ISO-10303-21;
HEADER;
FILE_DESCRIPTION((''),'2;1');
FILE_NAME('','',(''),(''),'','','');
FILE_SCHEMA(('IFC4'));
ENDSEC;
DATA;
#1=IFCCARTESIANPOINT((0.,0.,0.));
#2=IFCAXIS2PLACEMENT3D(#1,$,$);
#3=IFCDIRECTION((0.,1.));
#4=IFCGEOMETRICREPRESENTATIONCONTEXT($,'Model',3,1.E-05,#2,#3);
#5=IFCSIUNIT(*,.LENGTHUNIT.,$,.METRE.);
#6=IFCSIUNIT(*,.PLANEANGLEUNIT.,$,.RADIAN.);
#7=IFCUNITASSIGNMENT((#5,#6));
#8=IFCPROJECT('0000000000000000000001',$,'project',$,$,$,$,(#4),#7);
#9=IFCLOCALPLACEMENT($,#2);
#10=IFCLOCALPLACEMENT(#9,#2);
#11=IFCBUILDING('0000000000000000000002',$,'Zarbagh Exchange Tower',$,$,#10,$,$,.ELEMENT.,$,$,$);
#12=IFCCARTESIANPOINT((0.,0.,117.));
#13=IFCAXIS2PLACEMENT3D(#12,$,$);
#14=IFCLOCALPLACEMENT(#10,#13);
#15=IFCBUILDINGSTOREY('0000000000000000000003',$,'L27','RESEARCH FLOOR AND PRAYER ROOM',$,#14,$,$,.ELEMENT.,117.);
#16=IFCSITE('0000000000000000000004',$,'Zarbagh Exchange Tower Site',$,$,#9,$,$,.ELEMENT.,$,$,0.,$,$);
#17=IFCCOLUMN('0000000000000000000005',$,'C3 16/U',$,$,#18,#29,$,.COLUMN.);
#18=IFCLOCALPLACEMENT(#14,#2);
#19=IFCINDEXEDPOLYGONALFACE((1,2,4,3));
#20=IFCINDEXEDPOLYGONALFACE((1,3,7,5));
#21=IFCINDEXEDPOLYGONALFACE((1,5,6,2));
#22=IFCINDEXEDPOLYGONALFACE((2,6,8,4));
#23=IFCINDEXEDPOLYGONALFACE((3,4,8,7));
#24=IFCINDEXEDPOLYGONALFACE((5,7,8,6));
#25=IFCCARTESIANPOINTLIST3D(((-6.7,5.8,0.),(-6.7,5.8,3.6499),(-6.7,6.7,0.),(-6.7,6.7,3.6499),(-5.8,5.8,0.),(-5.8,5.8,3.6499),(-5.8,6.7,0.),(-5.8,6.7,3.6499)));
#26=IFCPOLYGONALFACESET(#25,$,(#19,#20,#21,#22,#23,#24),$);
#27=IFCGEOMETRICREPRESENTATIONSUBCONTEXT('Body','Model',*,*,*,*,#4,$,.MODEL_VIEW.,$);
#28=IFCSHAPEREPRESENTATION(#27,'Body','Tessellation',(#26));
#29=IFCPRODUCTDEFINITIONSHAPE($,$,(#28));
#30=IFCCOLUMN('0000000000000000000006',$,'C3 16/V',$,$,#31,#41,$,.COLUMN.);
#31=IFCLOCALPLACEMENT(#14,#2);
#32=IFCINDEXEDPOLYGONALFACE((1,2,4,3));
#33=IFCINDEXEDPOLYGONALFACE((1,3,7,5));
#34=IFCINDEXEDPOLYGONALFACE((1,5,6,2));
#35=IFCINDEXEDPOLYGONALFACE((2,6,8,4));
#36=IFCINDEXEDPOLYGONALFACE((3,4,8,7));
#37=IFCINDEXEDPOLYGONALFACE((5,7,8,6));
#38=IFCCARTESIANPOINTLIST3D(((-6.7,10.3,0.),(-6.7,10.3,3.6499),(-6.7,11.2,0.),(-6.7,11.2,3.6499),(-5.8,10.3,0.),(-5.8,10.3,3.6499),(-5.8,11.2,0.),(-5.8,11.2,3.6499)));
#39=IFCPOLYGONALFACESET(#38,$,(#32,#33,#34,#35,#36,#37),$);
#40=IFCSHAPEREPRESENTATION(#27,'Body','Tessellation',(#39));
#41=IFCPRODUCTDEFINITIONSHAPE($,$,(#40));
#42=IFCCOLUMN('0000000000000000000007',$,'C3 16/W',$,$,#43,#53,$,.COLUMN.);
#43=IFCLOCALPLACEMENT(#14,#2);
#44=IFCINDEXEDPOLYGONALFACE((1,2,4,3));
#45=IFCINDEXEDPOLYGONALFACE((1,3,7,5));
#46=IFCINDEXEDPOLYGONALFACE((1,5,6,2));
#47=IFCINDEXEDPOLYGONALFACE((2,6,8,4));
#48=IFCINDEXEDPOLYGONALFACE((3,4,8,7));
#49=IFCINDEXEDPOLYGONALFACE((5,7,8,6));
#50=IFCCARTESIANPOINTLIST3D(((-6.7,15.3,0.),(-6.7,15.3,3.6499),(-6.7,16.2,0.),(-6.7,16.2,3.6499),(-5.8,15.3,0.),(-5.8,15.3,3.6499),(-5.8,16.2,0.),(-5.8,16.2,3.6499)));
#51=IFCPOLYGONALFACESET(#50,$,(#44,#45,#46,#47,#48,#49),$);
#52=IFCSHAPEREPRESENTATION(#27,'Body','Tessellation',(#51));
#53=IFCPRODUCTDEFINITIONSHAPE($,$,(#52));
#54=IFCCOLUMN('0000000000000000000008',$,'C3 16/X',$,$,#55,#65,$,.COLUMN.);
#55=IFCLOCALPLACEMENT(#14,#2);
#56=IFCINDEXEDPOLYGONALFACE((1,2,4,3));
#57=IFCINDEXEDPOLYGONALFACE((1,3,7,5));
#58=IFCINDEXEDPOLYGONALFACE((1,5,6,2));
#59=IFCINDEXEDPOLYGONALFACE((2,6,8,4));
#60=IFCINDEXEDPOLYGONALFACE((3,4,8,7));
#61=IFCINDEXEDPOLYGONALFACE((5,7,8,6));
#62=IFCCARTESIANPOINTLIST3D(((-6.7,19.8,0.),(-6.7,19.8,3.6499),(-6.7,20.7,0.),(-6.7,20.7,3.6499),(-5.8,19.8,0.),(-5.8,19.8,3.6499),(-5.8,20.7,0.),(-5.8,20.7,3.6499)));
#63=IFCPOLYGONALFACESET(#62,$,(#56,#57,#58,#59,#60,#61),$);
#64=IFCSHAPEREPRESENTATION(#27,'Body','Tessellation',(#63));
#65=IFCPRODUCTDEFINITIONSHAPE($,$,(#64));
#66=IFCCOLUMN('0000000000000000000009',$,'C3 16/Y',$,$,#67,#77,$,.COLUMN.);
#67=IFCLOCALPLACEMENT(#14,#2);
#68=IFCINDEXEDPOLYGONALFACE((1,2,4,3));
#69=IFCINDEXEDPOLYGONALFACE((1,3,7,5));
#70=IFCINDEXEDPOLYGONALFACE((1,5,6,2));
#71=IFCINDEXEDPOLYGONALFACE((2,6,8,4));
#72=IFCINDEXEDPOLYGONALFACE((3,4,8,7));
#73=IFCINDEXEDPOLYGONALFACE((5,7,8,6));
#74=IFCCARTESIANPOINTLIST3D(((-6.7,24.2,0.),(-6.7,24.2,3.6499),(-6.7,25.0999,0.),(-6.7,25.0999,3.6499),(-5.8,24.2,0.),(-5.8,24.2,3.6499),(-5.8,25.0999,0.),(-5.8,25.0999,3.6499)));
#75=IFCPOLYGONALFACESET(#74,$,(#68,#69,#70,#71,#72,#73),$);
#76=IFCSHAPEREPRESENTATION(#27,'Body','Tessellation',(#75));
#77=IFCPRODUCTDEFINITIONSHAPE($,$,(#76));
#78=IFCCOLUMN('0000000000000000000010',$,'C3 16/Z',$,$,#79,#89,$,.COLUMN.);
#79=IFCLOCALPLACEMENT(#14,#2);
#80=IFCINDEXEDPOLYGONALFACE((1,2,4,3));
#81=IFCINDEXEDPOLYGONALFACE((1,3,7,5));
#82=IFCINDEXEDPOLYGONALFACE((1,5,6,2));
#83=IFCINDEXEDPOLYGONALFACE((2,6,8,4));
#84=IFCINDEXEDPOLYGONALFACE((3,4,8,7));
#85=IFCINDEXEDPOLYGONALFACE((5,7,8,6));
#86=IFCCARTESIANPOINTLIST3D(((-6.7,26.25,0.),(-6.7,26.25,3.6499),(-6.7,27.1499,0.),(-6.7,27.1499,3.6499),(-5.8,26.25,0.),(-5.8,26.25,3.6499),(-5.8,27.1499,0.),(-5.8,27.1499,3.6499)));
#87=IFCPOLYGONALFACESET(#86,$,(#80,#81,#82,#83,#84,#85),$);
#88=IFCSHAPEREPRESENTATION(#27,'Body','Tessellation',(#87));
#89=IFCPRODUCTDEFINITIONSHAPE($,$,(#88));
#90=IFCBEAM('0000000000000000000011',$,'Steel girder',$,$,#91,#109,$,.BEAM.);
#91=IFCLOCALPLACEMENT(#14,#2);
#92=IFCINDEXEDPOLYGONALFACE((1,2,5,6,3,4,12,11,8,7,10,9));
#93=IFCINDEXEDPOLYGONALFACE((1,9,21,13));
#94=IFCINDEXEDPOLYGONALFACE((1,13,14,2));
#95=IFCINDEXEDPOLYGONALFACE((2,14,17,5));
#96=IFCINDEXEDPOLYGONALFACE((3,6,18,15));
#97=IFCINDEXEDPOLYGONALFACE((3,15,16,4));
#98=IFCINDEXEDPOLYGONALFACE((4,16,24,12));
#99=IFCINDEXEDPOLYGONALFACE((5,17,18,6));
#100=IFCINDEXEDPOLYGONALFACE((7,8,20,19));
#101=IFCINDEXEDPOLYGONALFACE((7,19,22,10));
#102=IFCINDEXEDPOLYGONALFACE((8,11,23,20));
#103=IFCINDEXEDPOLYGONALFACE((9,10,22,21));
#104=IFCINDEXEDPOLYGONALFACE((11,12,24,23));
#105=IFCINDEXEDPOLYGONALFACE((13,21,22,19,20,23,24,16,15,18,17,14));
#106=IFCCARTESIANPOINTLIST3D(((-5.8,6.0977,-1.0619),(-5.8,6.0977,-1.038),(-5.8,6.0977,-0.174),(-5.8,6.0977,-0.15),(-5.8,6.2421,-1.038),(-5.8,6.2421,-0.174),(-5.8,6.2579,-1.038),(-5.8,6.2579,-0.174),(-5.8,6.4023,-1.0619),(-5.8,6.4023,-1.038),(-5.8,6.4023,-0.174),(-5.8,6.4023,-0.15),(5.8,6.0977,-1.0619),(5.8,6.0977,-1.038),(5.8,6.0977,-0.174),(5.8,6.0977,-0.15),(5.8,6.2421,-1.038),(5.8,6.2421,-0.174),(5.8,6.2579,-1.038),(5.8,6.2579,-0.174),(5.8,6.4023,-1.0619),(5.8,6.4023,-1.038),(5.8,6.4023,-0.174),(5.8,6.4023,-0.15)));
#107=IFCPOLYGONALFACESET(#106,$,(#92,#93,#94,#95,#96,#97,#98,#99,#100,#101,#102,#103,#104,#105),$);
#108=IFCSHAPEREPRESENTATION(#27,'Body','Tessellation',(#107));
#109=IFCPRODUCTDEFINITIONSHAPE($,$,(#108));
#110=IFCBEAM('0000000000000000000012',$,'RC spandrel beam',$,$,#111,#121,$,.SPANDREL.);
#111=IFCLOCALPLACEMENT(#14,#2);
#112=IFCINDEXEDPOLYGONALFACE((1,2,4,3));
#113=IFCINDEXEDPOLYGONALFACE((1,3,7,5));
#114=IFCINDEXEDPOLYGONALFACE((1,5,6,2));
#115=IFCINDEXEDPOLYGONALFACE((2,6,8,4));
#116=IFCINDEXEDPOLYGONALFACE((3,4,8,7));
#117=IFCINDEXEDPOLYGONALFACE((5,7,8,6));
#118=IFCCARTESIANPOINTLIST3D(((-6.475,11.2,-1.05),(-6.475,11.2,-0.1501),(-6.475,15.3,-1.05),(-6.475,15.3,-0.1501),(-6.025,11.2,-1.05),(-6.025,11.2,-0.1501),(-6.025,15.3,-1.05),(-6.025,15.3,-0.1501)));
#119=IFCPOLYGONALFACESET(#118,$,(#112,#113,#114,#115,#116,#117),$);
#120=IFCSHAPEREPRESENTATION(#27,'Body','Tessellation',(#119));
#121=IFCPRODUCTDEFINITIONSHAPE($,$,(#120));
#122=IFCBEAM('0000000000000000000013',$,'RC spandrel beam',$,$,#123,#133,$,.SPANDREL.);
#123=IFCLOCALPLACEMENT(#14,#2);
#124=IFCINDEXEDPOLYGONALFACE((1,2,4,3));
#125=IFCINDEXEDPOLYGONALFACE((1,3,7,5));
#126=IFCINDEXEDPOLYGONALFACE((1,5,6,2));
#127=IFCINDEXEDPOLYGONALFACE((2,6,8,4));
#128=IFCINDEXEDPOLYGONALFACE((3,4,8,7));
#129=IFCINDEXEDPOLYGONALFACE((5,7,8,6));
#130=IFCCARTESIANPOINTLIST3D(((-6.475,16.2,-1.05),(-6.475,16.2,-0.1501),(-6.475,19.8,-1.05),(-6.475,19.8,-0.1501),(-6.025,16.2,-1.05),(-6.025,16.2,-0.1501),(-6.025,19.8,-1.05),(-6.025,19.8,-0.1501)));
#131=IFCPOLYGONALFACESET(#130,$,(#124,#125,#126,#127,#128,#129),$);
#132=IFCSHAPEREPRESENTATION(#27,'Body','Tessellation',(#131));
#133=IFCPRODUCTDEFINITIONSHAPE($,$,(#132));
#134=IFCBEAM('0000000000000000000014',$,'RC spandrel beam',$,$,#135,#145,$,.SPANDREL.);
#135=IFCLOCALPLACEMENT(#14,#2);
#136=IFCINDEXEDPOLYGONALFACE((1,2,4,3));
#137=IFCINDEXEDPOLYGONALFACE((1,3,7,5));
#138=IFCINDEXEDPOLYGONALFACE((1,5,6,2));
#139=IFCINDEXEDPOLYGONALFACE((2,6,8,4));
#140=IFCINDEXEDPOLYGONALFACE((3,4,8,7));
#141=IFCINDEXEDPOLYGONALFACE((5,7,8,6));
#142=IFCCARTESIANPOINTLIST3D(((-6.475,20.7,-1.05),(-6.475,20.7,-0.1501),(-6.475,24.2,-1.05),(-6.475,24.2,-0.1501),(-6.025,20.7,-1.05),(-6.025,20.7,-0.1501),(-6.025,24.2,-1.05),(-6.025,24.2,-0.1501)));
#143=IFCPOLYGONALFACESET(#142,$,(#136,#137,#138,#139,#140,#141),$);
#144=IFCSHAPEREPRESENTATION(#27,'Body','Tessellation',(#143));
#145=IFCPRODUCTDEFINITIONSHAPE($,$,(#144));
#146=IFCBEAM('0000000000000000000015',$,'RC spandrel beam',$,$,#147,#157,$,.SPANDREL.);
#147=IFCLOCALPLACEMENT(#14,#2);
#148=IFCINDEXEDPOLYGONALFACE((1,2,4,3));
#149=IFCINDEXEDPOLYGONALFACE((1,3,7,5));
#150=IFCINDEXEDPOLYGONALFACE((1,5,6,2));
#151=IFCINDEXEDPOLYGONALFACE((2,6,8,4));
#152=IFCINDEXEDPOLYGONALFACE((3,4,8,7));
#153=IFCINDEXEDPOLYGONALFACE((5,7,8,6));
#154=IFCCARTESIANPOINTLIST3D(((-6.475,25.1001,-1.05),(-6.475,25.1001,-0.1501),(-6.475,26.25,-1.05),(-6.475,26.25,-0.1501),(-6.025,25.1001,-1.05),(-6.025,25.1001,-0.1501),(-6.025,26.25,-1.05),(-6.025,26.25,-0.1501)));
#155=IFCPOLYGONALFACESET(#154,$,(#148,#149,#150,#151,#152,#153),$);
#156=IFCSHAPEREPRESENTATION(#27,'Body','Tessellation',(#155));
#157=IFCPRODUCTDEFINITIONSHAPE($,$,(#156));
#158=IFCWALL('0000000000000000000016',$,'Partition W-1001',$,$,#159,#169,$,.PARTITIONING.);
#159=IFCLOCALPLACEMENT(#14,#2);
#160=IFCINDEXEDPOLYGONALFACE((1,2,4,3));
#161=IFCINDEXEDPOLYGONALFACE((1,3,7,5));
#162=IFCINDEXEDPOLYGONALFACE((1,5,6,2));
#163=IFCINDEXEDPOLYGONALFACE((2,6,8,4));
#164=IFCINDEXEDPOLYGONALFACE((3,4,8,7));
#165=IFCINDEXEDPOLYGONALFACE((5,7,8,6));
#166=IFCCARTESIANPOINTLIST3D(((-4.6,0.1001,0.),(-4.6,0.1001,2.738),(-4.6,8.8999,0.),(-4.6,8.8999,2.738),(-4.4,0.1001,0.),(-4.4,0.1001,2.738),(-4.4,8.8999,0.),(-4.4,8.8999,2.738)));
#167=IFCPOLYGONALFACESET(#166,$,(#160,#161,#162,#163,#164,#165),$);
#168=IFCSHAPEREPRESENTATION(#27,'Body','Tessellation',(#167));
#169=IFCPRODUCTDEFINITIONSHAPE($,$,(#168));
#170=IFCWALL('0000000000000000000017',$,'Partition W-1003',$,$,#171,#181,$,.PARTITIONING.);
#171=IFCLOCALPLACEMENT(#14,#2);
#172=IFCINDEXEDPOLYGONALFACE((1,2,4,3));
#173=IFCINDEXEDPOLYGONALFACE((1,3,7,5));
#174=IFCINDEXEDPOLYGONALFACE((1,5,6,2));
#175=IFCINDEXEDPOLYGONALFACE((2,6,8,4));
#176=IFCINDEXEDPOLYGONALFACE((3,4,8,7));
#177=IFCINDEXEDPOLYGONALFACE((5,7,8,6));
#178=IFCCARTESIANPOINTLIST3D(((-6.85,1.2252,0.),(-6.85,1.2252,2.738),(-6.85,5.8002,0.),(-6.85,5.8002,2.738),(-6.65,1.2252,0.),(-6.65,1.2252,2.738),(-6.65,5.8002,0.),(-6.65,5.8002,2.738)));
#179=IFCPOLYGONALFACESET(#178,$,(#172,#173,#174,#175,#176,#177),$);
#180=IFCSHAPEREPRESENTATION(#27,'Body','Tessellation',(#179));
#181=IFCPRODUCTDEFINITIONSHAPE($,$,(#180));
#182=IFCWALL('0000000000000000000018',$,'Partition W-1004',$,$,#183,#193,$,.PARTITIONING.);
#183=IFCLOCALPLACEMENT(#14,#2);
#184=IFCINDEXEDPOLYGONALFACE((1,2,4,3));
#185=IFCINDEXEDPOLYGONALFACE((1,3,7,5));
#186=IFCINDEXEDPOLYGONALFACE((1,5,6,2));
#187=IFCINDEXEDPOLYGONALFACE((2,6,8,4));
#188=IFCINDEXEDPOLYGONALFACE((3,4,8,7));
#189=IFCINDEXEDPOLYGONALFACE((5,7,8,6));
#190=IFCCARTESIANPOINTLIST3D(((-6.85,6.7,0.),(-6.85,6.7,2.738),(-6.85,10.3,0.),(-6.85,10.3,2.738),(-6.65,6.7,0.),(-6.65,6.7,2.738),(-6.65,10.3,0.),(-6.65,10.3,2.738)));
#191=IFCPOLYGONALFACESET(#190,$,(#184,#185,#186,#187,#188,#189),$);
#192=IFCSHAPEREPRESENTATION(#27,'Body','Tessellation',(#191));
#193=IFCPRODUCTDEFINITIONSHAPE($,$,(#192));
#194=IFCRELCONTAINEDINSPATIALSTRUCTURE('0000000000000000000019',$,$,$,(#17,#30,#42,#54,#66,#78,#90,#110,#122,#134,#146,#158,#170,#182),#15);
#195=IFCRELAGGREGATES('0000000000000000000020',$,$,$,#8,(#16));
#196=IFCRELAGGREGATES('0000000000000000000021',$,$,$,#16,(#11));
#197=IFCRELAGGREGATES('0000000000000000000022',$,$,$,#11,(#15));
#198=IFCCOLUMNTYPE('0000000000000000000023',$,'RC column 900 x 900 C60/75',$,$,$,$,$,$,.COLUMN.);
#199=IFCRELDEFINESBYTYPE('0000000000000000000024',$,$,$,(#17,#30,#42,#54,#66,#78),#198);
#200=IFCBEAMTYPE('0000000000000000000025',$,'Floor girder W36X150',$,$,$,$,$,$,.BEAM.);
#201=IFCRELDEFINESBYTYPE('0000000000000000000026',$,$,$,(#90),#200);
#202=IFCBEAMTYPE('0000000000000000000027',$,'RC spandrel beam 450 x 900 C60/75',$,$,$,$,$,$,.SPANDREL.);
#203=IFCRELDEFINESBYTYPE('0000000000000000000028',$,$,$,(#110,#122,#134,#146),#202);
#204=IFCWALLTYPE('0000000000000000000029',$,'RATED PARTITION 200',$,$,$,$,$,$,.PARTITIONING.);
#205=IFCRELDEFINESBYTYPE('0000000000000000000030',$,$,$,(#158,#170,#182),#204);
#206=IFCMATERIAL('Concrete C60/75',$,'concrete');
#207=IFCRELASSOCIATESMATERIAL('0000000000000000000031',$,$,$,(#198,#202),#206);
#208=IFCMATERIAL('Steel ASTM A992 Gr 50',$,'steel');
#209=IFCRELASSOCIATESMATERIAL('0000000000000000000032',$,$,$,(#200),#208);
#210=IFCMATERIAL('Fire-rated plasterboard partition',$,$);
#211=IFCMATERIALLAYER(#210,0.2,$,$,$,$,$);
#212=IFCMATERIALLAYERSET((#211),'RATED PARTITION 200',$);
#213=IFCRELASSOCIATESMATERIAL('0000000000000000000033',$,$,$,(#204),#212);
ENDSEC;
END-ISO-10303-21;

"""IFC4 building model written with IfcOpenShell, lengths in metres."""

from ifc_helpers import new_model, si_unit, direction, frame, frame_2d, origin, origin_2d, place, context, subcontext, project, spatial, rectangle, i_section, extrude, material, layer, layer_set, material_profile, profile_set, type_object, element, save


model = new_model("IFC4")

# Units and contexts
model_context = context("Model", 3, precision=1e-05, world=origin(), true_north=direction((0.0, 1.0)))
body_context = subcontext(model_context, "Body", "Model", "MODEL_VIEW")
ifc_project = project(units=[si_unit("LENGTHUNIT", "METRE"), si_unit("PLANEANGLEUNIT", "RADIAN")], contexts=[model_context])

# Site, building, storey
site_placement = place(None, origin())
site = spatial("IfcSite", under=ifc_project, at=site_placement, Name="Zarbagh Exchange Tower Site", CompositionType="ELEMENT", RefElevation=0.0)
building_placement = place(site_placement, origin())
building = spatial("IfcBuilding", under=site, at=building_placement, Name="Zarbagh Exchange Tower", CompositionType="ELEMENT")
storey_placement = place(building_placement, frame((0.0, 0.0, 117.0)))
storey = spatial("IfcBuildingStorey", under=building, at=storey_placement, Name="L27", Description="RESEARCH FLOOR AND PRAYER ROOM", CompositionType="ELEMENT", Elevation=117.0)

# Columns
ifc_material_1 = material(Name="Concrete C60/75", Category="concrete")
ifc_material_profile_1 = material_profile(ifc_material_1, rectangle(XDim=0.8999, YDim=0.8999, at=origin_2d()), Name="RC column 900 x 900 C60/75")
ifc_profile_set_1 = profile_set([ifc_material_profile_1], Name="Concrete C60/75")
column_type = type_object("IfcColumnType", Name="RC column 900 x 900 C60/75", PredefinedType="COLUMN", material=ifc_profile_set_1)
for number, where, z_axis, x_axis, name in (
    (1, (-6.25, 6.25, 0.0), (0.0, 0.0, 1.0), (1.0, 0.0, 0.0), "C3 16/U"),
    (2, (-6.25, 10.75, 0.0), (0.0, 0.0, 1.0), (1.0, 0.0, 0.0), "C3 16/V"),
    (3, (-6.25, 15.75, 0.0), (0.0, 0.0, 1.0), (1.0, 0.0, 0.0), "C3 16/W"),
    (4, (-6.25, 20.25, 0.0), (0.0, 0.0, 1.0), (1.0, 0.0, 0.0), "C3 16/X"),
    (5, (-6.25, 24.6499, 0.0), (0.0, 0.0, 1.0), (1.0, 0.0, 0.0), "C3 16/Y"),
    (6, (-6.25, 26.7, 0.0), (0.0, 0.0, 1.0), (1.0, 0.0, 0.0), "C3 16/Z"),
):
    element("IfcColumn", number, at=place(storey_placement, frame(where, z_axis=z_axis, x_axis=x_axis)), inside=storey, type_object=column_type, Name=name, PredefinedType="COLUMN", context=body_context, shape_type="SweptSolid", body=[
        extrude(rectangle(XDim=0.8999, YDim=0.8999, at=origin_2d()), origin(), (0.0, 0.0, 1.0), 3.6499),
    ])

# Beams
ifc_material_2 = material(Name="Steel ASTM A992 Gr 50", Category="steel")
ifc_material_profile_2 = material_profile(ifc_material_2, i_section(OverallWidth=0.3047, OverallDepth=0.9119, WebThickness=0.0159, FlangeThickness=0.0239, at=origin_2d()), Name="W36X150")
ifc_profile_set_2 = profile_set([ifc_material_profile_2], Name="Steel ASTM A992 Gr 50")
beam_type_1 = type_object("IfcBeamType", Name="Floor girder W36X150", PredefinedType="BEAM", material=ifc_profile_set_2)
beam_1_placement = place(storey_placement, frame((-5.8, 6.25, -0.606), z_axis=(1.0, 0.0, 0.0), x_axis=(0.0, 1.0, 0.0)))
element("IfcBeam", 7, at=beam_1_placement, inside=storey, type_object=beam_type_1, Name="Steel girder", PredefinedType="BEAM", context=body_context, shape_type="SweptSolid", body=[
    extrude(i_section(OverallWidth=0.3047, OverallDepth=0.9119, WebThickness=0.0159, FlangeThickness=0.0239, at=origin_2d()), origin(), (0.0, 0.0, 1.0), 11.6001),
])
ifc_material_profile_3 = material_profile(ifc_material_1, rectangle(XDim=0.45, YDim=0.8999, at=origin_2d()), Name="RC spandrel beam 450 x 900 C60/75")
ifc_profile_set_3 = profile_set([ifc_material_profile_3], Name="Concrete C60/75")
beam_type_2 = type_object("IfcBeamType", Name="RC spandrel beam 450 x 900 C60/75", PredefinedType="SPANDREL", material=ifc_profile_set_3)
beam_2_placement = place(storey_placement, frame((-6.25, 11.2, -0.6001), z_axis=(0.0, 1.0, 0.0), x_axis=(-1.0, 0.0, 0.0)))
element("IfcBeam", 8, at=beam_2_placement, inside=storey, type_object=beam_type_2, Name="RC spandrel beam", PredefinedType="SPANDREL", context=body_context, shape_type="SweptSolid", body=[
    extrude(rectangle(XDim=0.45, YDim=0.8999, at=origin_2d()), origin(), (0.0, 0.0, 1.0), 4.1001),
])
beam_3_placement = place(storey_placement, frame((-6.25, 16.2, -0.6001), z_axis=(0.0, 1.0, 0.0), x_axis=(-1.0, 0.0, 0.0)))
element("IfcBeam", 9, at=beam_3_placement, inside=storey, type_object=beam_type_2, Name="RC spandrel beam", PredefinedType="SPANDREL", context=body_context, shape_type="SweptSolid", body=[
    extrude(rectangle(XDim=0.45, YDim=0.8999, at=origin_2d()), origin(), (0.0, 0.0, 1.0), 3.6001),
])
beam_4_placement = place(storey_placement, frame((-6.25, 20.7, -0.6001), z_axis=(0.0, 1.0, 0.0), x_axis=(-1.0, 0.0, 0.0)))
element("IfcBeam", 10, at=beam_4_placement, inside=storey, type_object=beam_type_2, Name="RC spandrel beam", PredefinedType="SPANDREL", context=body_context, shape_type="SweptSolid", body=[
    extrude(rectangle(XDim=0.45, YDim=0.8999, at=origin_2d()), origin(), (0.0, 0.0, 1.0), 3.5),
])
beam_5_placement = place(storey_placement, frame((-6.25, 25.1001, -0.6001), z_axis=(0.0, 1.0, 0.0), x_axis=(-1.0, 0.0, 0.0)))
element("IfcBeam", 11, at=beam_5_placement, inside=storey, type_object=beam_type_2, Name="RC spandrel beam", PredefinedType="SPANDREL", context=body_context, shape_type="SweptSolid", body=[
    extrude(rectangle(XDim=0.45, YDim=0.8999, at=origin_2d()), origin(), (0.0, 0.0, 1.0), 1.1499),
])

# Walls
ifc_material_3 = material(Name="Fire-rated plasterboard partition")
ifc_layer_1 = layer(ifc_material_3, 0.2)
ifc_layer_set_1 = layer_set([ifc_layer_1], Name="RATED PARTITION 200")
wall_type_1 = type_object("IfcWallType", Name="RATED PARTITION 200", PredefinedType="PARTITIONING", material=ifc_layer_set_1)
wall_1_placement = place(storey_placement, frame((-4.5, 0.1001, 0.0), z_axis=(0.0, 0.0, 1.0), x_axis=(0.0, 1.0, 0.0)))
element("IfcWall", 12, at=wall_1_placement, inside=storey, type_object=wall_type_1, Name="Partition W-1001", PredefinedType="PARTITIONING", context=body_context, shape_type="SweptSolid", body=[
    extrude(rectangle(XDim=8.7998, YDim=0.2, at=frame_2d((4.3999, 0.0))), origin(), (0.0, 0.0, 1.0), 2.738),
])
wall_2_placement = place(storey_placement, frame((-6.75, 1.2251, 0.0), z_axis=(0.0, 0.0, 1.0), x_axis=(0.0, 1.0, 0.0)))
element("IfcWall", 13, at=wall_2_placement, inside=storey, type_object=wall_type_1, Name="Partition W-1003", PredefinedType="PARTITIONING", context=body_context, shape_type="SweptSolid", body=[
    extrude(rectangle(XDim=4.575, YDim=0.2, at=frame_2d((2.2876, 0.0))), origin(), (0.0, 0.0, 1.0), 2.738),
])
wall_3_placement = place(storey_placement, frame((-6.75, 6.7, 0.0), z_axis=(0.0, 0.0, 1.0), x_axis=(0.0, 1.0, 0.0)))
element("IfcWall", 14, at=wall_3_placement, inside=storey, type_object=wall_type_1, Name="Partition W-1004", PredefinedType="PARTITIONING", context=body_context, shape_type="SweptSolid", body=[
    extrude(rectangle(XDim=3.6001, YDim=0.2, at=frame_2d((1.8, 0.0))), origin(), (0.0, 0.0, 1.0), 2.738),
])

save(model, "model.ifc")
